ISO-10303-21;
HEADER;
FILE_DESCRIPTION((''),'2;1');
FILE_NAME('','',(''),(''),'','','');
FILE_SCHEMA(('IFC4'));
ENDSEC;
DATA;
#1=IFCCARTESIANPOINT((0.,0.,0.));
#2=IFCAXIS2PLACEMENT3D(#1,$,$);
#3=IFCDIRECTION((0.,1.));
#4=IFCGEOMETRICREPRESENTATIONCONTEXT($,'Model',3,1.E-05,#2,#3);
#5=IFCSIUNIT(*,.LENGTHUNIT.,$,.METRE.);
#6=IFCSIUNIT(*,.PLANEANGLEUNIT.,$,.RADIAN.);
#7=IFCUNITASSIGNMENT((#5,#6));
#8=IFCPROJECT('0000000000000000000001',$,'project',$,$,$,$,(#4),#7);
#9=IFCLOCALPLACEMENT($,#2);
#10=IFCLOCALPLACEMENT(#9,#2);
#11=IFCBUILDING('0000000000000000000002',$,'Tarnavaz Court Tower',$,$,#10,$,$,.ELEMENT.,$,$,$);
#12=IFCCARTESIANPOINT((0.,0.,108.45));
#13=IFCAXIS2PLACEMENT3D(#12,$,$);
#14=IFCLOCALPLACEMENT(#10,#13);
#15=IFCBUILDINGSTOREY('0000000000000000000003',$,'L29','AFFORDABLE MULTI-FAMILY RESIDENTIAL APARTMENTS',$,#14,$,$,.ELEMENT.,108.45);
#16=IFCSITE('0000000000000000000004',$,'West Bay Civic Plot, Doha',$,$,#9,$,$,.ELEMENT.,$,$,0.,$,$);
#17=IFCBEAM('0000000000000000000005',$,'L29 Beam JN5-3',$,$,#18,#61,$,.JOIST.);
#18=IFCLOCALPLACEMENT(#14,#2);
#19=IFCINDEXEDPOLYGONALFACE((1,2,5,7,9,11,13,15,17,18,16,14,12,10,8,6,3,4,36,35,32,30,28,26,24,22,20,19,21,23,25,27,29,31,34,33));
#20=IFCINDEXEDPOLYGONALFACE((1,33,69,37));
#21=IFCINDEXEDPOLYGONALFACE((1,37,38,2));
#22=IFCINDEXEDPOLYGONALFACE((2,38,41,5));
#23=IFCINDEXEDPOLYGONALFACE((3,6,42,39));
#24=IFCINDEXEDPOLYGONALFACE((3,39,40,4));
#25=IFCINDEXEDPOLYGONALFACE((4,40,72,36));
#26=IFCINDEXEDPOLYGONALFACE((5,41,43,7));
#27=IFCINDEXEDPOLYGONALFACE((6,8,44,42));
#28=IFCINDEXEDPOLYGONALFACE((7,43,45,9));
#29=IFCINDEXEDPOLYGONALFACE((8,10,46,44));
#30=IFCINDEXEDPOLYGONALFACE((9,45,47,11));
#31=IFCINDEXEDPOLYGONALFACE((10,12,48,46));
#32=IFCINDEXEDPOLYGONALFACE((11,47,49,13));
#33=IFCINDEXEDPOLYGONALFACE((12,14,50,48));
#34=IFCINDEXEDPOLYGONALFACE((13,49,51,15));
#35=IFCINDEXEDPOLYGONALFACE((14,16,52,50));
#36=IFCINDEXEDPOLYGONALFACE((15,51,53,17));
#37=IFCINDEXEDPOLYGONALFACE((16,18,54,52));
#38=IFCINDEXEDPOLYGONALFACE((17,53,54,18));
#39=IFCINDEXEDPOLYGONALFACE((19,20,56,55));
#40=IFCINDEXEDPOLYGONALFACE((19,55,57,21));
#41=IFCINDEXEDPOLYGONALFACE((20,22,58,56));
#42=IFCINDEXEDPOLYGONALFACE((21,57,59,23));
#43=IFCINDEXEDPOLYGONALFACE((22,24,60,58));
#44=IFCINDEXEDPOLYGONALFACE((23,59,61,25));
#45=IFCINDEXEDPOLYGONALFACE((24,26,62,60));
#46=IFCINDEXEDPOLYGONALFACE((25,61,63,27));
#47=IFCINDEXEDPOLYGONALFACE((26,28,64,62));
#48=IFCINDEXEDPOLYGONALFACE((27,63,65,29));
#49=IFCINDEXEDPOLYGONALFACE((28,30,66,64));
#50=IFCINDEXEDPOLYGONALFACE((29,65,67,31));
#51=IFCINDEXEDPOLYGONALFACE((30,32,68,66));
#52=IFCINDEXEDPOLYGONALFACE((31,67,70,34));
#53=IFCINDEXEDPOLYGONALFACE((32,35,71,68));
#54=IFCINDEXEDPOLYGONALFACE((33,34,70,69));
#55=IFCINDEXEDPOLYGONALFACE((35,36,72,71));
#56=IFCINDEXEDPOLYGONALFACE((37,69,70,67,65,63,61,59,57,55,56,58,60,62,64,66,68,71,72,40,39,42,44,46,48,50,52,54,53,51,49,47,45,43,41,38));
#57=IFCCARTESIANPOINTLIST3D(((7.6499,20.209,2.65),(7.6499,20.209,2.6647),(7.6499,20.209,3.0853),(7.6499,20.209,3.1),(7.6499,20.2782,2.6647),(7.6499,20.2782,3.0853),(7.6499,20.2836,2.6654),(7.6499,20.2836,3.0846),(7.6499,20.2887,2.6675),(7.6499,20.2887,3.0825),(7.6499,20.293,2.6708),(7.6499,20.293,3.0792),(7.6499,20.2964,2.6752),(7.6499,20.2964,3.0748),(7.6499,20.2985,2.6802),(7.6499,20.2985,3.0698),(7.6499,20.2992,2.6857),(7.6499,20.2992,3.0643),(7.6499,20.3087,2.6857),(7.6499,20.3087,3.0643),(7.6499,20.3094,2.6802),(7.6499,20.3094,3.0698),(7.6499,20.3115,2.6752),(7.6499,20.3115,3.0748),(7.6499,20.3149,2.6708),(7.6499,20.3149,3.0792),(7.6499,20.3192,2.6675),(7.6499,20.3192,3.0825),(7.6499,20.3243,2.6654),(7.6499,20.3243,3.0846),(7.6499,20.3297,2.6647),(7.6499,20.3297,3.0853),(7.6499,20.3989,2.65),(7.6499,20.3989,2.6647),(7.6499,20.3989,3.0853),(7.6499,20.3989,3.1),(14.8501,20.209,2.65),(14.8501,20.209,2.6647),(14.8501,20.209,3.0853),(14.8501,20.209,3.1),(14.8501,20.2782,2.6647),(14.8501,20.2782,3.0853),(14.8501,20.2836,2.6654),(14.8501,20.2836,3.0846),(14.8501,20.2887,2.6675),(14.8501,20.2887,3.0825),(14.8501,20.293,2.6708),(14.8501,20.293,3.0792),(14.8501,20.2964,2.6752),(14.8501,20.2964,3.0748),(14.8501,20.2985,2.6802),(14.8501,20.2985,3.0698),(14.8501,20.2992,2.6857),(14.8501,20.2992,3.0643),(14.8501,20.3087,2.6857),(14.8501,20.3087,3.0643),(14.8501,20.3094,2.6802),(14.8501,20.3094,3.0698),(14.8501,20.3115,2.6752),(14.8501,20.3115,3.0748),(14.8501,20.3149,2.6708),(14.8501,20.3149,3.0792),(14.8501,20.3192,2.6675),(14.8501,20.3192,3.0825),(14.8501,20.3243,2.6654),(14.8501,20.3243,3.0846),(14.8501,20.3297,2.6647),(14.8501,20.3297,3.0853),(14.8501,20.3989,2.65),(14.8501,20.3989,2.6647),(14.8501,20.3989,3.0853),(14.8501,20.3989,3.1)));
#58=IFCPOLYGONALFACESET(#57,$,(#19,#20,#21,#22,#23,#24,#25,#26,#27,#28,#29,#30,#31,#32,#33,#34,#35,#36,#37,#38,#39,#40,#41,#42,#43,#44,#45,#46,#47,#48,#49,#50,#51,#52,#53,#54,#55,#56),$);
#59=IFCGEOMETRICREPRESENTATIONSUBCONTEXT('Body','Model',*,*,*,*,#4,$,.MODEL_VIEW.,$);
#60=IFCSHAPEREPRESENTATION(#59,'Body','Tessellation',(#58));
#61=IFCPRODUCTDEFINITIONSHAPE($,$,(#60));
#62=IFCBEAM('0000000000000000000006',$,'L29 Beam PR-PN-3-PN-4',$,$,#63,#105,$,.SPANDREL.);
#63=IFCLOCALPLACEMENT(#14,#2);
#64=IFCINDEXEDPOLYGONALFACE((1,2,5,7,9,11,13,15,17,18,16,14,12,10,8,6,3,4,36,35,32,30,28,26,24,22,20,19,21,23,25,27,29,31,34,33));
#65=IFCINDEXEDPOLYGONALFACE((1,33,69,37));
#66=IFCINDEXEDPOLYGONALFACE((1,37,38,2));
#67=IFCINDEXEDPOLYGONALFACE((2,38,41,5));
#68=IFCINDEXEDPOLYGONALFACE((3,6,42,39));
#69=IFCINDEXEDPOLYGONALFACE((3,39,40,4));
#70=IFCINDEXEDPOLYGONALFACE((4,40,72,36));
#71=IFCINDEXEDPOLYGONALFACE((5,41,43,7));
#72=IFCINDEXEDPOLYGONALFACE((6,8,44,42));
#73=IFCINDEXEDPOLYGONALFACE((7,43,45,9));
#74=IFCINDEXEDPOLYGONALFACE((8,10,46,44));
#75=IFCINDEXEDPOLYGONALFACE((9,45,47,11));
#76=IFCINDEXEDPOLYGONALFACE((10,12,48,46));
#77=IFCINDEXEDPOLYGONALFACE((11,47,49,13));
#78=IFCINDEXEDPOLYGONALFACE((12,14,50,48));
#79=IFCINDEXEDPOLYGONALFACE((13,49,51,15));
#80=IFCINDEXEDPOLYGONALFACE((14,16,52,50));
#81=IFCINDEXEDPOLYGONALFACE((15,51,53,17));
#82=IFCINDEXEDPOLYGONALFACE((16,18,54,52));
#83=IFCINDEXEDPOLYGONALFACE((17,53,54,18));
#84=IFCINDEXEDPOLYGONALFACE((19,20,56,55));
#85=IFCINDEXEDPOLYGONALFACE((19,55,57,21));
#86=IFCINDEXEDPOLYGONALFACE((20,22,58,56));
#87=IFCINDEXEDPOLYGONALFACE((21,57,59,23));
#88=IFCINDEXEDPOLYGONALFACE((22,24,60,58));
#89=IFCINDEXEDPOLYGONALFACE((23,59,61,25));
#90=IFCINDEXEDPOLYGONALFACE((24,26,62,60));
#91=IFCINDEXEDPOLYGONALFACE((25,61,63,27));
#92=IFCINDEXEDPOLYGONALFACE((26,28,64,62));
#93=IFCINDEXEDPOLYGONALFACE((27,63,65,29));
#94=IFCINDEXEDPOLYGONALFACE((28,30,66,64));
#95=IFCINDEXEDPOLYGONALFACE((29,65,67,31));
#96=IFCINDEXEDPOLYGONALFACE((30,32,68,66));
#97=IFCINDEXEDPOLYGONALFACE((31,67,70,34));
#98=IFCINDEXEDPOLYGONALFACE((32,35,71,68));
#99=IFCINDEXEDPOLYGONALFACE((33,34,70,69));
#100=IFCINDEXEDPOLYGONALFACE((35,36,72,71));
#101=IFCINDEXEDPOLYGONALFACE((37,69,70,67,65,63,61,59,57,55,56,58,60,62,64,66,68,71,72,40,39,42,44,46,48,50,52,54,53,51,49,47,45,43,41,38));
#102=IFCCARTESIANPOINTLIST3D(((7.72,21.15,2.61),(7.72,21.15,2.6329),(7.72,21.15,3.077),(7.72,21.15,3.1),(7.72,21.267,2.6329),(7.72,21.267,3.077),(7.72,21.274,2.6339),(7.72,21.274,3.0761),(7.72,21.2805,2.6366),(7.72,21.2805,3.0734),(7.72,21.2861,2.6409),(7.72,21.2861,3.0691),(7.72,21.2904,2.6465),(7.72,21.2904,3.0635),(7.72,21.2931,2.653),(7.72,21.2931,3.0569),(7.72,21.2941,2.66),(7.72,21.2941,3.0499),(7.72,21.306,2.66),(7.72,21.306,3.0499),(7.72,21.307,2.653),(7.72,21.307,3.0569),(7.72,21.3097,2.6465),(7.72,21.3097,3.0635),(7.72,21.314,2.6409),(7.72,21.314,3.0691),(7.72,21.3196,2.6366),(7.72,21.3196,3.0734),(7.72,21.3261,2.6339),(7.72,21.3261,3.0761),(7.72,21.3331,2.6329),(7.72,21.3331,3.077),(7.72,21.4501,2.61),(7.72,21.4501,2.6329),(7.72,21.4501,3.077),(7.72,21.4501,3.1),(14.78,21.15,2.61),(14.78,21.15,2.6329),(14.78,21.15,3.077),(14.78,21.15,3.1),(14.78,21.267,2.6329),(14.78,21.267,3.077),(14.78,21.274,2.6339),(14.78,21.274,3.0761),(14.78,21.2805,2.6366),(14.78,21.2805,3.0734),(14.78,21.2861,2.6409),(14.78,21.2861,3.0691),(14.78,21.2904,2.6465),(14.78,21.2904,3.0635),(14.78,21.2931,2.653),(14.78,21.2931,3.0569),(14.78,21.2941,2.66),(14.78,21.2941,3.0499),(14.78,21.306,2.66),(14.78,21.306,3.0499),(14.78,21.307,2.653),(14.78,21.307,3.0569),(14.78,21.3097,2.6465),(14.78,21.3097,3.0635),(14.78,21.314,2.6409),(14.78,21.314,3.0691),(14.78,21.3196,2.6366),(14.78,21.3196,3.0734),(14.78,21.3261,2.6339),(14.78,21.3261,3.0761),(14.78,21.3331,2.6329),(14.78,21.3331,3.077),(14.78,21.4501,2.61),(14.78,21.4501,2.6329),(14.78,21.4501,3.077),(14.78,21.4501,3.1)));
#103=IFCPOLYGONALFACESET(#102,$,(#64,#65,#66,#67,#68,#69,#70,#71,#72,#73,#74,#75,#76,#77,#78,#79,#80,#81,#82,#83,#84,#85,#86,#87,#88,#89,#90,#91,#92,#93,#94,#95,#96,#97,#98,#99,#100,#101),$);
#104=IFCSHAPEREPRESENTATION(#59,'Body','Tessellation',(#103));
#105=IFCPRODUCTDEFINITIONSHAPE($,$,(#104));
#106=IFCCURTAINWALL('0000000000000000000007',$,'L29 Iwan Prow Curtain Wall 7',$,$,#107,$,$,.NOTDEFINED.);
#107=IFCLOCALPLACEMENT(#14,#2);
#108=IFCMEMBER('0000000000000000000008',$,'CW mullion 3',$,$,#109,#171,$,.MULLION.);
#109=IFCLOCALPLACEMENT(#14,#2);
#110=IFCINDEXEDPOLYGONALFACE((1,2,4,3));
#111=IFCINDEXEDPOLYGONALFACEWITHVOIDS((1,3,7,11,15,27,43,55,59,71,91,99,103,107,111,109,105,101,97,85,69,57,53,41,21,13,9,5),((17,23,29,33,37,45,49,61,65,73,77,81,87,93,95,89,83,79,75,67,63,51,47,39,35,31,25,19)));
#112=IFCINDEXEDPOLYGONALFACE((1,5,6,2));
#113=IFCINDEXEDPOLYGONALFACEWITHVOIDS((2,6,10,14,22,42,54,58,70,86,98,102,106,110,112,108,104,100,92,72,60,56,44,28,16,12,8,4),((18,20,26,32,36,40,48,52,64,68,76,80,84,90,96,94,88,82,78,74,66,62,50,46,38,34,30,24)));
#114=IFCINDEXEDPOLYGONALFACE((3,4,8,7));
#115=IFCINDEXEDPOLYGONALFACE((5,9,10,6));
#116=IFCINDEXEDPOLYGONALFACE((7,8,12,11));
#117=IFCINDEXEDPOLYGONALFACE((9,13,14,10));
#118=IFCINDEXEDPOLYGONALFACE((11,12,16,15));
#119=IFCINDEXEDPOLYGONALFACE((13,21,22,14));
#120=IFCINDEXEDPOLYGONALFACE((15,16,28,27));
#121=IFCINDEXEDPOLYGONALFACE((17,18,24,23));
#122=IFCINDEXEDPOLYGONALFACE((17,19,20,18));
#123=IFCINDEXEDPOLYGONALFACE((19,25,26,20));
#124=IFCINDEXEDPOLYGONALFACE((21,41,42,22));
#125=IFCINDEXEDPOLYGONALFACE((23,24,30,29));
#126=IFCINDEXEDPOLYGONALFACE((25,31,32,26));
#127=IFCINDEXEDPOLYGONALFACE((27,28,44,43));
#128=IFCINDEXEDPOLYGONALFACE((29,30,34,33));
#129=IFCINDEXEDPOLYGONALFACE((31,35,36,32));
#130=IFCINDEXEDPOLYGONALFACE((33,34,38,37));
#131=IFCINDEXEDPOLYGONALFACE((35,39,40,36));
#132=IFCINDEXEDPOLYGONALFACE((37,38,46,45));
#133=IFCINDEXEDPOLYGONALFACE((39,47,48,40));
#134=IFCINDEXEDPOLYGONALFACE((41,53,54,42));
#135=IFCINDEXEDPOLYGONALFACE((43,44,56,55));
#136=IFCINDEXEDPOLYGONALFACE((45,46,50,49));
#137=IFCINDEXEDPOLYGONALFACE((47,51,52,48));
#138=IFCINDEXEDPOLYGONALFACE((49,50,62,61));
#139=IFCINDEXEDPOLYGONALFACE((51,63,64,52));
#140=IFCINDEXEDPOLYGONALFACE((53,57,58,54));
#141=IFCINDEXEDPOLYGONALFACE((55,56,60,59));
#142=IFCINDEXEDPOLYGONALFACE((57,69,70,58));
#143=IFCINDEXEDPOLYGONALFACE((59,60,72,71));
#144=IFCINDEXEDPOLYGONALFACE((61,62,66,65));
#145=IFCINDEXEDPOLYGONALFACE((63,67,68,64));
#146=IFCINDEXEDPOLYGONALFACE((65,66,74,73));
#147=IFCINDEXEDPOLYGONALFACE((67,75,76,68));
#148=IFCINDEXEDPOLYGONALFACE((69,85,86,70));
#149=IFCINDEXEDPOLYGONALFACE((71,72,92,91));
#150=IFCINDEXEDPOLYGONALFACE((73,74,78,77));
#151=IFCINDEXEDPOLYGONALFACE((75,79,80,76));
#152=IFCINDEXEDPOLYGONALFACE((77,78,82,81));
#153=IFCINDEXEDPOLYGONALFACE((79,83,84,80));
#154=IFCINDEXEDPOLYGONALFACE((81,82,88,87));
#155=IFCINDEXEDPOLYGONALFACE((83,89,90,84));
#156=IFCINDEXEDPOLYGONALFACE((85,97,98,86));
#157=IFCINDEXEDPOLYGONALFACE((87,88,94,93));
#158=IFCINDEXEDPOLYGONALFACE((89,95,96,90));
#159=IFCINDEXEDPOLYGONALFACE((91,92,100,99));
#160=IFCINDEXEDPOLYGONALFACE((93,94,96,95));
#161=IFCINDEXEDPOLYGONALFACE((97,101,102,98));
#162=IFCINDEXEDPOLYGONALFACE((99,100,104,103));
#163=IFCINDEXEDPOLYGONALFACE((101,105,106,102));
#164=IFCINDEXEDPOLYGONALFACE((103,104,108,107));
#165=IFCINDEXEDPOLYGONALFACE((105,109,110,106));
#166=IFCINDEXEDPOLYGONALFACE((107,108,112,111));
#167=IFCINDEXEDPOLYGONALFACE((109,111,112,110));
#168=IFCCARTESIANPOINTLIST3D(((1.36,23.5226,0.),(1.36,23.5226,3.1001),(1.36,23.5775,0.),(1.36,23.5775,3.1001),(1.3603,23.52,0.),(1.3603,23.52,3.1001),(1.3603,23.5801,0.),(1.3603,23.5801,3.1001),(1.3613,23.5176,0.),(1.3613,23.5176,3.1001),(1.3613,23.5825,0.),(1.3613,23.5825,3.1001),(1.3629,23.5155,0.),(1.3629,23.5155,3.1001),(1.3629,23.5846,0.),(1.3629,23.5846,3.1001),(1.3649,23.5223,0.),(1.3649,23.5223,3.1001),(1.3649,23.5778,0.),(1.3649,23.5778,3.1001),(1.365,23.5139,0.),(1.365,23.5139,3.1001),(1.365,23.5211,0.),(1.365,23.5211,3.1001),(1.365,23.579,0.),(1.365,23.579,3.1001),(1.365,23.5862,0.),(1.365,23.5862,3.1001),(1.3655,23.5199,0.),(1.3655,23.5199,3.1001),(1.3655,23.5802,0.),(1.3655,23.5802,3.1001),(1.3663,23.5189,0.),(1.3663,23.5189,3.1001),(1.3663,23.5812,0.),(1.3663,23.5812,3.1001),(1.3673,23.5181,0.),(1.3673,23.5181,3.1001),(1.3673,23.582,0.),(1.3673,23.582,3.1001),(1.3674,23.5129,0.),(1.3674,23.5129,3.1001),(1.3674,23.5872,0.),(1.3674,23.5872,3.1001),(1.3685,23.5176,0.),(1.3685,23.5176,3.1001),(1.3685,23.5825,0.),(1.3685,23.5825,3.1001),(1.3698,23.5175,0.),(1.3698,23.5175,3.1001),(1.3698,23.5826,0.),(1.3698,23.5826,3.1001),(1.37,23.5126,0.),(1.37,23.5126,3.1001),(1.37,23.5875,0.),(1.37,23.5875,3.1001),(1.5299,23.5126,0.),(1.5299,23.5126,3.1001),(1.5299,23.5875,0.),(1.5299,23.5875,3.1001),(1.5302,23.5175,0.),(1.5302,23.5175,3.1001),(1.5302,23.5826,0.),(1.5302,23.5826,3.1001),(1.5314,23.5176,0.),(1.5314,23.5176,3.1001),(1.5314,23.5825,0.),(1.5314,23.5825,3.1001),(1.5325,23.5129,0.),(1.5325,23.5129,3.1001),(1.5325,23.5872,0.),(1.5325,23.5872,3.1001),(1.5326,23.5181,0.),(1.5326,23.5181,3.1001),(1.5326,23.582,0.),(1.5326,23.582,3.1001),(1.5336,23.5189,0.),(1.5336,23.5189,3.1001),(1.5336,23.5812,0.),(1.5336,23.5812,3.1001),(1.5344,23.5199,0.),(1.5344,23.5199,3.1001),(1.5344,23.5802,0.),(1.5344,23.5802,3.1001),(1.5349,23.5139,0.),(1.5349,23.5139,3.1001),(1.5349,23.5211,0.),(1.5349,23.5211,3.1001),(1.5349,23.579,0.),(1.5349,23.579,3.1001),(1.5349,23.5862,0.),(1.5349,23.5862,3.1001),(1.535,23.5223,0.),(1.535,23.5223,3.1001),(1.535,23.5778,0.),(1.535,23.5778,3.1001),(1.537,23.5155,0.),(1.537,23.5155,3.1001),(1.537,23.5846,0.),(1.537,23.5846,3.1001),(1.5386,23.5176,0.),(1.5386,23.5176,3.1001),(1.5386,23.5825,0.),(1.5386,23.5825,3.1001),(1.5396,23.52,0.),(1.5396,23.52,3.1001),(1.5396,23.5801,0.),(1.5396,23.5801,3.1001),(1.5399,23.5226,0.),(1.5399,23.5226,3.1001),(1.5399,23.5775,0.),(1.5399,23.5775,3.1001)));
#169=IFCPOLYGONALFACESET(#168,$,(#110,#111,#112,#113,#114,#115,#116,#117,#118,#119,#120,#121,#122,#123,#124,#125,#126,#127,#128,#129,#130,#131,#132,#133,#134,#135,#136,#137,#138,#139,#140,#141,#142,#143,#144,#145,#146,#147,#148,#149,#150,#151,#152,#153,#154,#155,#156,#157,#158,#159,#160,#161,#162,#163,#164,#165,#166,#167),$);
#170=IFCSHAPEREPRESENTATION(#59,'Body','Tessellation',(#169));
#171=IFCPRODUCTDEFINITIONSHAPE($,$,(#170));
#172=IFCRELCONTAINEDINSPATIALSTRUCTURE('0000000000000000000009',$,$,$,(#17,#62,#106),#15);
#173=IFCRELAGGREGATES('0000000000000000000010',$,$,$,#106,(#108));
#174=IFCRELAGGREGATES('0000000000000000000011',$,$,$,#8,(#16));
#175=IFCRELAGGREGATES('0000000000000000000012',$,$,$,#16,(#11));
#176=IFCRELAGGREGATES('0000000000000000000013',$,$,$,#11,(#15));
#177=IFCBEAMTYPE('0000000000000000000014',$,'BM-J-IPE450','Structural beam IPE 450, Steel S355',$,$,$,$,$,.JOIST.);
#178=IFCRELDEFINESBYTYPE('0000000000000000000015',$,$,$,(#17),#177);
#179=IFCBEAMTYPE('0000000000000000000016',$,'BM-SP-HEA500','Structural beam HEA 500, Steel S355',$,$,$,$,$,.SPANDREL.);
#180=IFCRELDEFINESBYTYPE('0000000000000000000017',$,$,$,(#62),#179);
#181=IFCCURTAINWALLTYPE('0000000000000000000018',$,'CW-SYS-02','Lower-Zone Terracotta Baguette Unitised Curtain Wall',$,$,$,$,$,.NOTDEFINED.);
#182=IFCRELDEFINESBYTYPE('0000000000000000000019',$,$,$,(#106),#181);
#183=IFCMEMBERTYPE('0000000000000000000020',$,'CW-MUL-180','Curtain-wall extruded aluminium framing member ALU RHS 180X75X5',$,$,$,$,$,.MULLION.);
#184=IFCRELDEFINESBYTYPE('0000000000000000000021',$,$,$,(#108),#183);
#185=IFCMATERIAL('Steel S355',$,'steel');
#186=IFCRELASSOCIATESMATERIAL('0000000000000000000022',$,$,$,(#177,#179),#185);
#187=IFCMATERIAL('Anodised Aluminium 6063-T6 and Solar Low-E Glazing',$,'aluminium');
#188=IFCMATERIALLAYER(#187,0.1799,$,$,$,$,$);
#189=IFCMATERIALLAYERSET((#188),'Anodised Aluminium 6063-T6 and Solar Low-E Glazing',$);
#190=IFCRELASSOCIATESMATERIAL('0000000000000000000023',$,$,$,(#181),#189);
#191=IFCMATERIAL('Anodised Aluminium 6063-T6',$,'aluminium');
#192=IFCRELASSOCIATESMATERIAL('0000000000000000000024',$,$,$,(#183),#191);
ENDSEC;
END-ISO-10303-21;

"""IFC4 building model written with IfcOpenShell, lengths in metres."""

from ifc_helpers import new_model, si_unit, direction, frame, origin, origin_2d, place, context, subcontext, project, spatial, hollow_rectangle, i_section, extrude, material, layer, layer_set, material_profile, profile_set, type_object, element, aggregate, save


model = new_model("IFC4")

# Units and contexts
model_context = context("Model", 3, precision=1e-05, world=origin(), true_north=direction((0.0, 1.0)))
body_context = subcontext(model_context, "Body", "Model", "MODEL_VIEW")
ifc_project = project(units=[si_unit("LENGTHUNIT", "METRE"), si_unit("PLANEANGLEUNIT", "RADIAN")], contexts=[model_context])

# Site, building, storey
site_placement = place(None, origin())
site = spatial("IfcSite", under=ifc_project, at=site_placement, Name="West Bay Civic Plot, Doha", CompositionType="ELEMENT", RefElevation=0.0)
building_placement = place(site_placement, origin())
building = spatial("IfcBuilding", under=site, at=building_placement, Name="Tarnavaz Court Tower", CompositionType="ELEMENT")
storey_placement = place(building_placement, frame((0.0, 0.0, 108.45)))
storey = spatial("IfcBuildingStorey", under=building, at=storey_placement, Name="L29", Description="AFFORDABLE MULTI-FAMILY RESIDENTIAL APARTMENTS", CompositionType="ELEMENT", Elevation=108.45)

# Beams
ifc_material_1 = material(Name="Steel S355", Category="steel")
ifc_material_profile_1 = material_profile(ifc_material_1, i_section(OverallWidth=0.1899, OverallDepth=0.45, WebThickness=0.0095, FlangeThickness=0.0146, FilletRadius=0.021, at=origin_2d()), Name="IPE 450")
ifc_profile_set_1 = profile_set([ifc_material_profile_1], Name="Steel S355")
beam_type_1 = type_object("IfcBeamType", Name="BM-J-IPE450", Description="Structural beam IPE 450, Steel S355", PredefinedType="JOIST", material=ifc_profile_set_1)
for number, where, z_axis, x_axis, name in (
    (1, (7.6499, 20.304, 2.875), (1.0, 0.0, 0.0), (0.0, 1.0, 0.0), "L29 Beam JN5-3"),
):
    element("IfcBeam", number, at=place(storey_placement, frame(where, z_axis=z_axis, x_axis=x_axis)), inside=storey, type_object=beam_type_1, Name=name, PredefinedType="JOIST", context=body_context, shape_type="SweptSolid", body=[
        extrude(i_section(OverallWidth=0.1899, OverallDepth=0.45, WebThickness=0.0095, FlangeThickness=0.0146, FilletRadius=0.021, at=origin_2d()), origin(), (0.0, 0.0, 1.0), 7.2002),
    ])
ifc_material_profile_2 = material_profile(ifc_material_1, i_section(OverallWidth=0.3, OverallDepth=0.49, WebThickness=0.012, FlangeThickness=0.0229, FilletRadius=0.0271, at=origin_2d()), Name="HEA 500")
ifc_profile_set_2 = profile_set([ifc_material_profile_2], Name="Steel S355")
beam_type_2 = type_object("IfcBeamType", Name="BM-SP-HEA500", Description="Structural beam HEA 500, Steel S355", PredefinedType="SPANDREL", material=ifc_profile_set_2)
beam_placement = place(storey_placement, frame((7.72, 21.3, 2.855), z_axis=(1.0, 0.0, 0.0), x_axis=(0.0, 1.0, 0.0)))
element("IfcBeam", 2, at=beam_placement, inside=storey, type_object=beam_type_2, Name="L29 Beam PR-PN-3-PN-4", PredefinedType="SPANDREL", context=body_context, shape_type="SweptSolid", body=[
    extrude(i_section(OverallWidth=0.3, OverallDepth=0.49, WebThickness=0.012, FlangeThickness=0.0229, FilletRadius=0.0271, at=origin_2d()), origin(), (0.0, 0.0, 1.0), 7.0601),
])

# Curtain wall, member
ifc_material_2 = material(Name="Anodised Aluminium 6063-T6 and Solar Low-E Glazing", Category="aluminium")
ifc_layer_1 = layer(ifc_material_2, 0.1799)
ifc_layer_set_1 = layer_set([ifc_layer_1], Name="Anodised Aluminium 6063-T6 and Solar Low-E Glazing")
curtain_wall_type = type_object("IfcCurtainWallType", Name="CW-SYS-02", Description="Lower-Zone Terracotta Baguette Unitised Curtain Wall", PredefinedType="NOTDEFINED", material=ifc_layer_set_1)
curtain_wall_placement = place(storey_placement, origin())
curtain_wall = element("IfcCurtainWall", 3, at=curtain_wall_placement, inside=storey, type_object=curtain_wall_type, Name="L29 Iwan Prow Curtain Wall 7", PredefinedType="NOTDEFINED")
ifc_material_3 = material(Name="Anodised Aluminium 6063-T6", Category="aluminium")
ifc_material_profile_3 = material_profile(ifc_material_3, hollow_rectangle(XDim=0.075, YDim=0.1799, WallThickness=0.0049, InnerFilletRadius=0.0049, OuterFilletRadius=0.01, at=origin_2d()), Name="ALU RHS 180X75X5")
ifc_profile_set_3 = profile_set([ifc_material_profile_3], Name="Anodised Aluminium 6063-T6")
member_type_1 = type_object("IfcMemberType", Name="CW-MUL-180", Description="Curtain-wall extruded aluminium framing member ALU RHS 180X75X5", PredefinedType="MULLION", material=ifc_profile_set_3)
member_1_placement = place(storey_placement, frame((1.45, 23.55, 0.0), z_axis=(0.0, 0.0, 1.0), x_axis=(0.0, 1.0, 0.0)))
member_1 = element("IfcMember", 4, at=member_1_placement, type_object=member_type_1, Name="CW mullion 3", PredefinedType="MULLION", context=body_context, shape_type="SweptSolid", body=[
    extrude(hollow_rectangle(XDim=0.075, YDim=0.1799, WallThickness=0.0049, InnerFilletRadius=0.0049, OuterFilletRadius=0.01, at=origin_2d()), origin(), (0.0, 0.0, 1.0), 3.1001),
])
aggregate(curtain_wall, [member_1])

save(model, "model.ifc")
